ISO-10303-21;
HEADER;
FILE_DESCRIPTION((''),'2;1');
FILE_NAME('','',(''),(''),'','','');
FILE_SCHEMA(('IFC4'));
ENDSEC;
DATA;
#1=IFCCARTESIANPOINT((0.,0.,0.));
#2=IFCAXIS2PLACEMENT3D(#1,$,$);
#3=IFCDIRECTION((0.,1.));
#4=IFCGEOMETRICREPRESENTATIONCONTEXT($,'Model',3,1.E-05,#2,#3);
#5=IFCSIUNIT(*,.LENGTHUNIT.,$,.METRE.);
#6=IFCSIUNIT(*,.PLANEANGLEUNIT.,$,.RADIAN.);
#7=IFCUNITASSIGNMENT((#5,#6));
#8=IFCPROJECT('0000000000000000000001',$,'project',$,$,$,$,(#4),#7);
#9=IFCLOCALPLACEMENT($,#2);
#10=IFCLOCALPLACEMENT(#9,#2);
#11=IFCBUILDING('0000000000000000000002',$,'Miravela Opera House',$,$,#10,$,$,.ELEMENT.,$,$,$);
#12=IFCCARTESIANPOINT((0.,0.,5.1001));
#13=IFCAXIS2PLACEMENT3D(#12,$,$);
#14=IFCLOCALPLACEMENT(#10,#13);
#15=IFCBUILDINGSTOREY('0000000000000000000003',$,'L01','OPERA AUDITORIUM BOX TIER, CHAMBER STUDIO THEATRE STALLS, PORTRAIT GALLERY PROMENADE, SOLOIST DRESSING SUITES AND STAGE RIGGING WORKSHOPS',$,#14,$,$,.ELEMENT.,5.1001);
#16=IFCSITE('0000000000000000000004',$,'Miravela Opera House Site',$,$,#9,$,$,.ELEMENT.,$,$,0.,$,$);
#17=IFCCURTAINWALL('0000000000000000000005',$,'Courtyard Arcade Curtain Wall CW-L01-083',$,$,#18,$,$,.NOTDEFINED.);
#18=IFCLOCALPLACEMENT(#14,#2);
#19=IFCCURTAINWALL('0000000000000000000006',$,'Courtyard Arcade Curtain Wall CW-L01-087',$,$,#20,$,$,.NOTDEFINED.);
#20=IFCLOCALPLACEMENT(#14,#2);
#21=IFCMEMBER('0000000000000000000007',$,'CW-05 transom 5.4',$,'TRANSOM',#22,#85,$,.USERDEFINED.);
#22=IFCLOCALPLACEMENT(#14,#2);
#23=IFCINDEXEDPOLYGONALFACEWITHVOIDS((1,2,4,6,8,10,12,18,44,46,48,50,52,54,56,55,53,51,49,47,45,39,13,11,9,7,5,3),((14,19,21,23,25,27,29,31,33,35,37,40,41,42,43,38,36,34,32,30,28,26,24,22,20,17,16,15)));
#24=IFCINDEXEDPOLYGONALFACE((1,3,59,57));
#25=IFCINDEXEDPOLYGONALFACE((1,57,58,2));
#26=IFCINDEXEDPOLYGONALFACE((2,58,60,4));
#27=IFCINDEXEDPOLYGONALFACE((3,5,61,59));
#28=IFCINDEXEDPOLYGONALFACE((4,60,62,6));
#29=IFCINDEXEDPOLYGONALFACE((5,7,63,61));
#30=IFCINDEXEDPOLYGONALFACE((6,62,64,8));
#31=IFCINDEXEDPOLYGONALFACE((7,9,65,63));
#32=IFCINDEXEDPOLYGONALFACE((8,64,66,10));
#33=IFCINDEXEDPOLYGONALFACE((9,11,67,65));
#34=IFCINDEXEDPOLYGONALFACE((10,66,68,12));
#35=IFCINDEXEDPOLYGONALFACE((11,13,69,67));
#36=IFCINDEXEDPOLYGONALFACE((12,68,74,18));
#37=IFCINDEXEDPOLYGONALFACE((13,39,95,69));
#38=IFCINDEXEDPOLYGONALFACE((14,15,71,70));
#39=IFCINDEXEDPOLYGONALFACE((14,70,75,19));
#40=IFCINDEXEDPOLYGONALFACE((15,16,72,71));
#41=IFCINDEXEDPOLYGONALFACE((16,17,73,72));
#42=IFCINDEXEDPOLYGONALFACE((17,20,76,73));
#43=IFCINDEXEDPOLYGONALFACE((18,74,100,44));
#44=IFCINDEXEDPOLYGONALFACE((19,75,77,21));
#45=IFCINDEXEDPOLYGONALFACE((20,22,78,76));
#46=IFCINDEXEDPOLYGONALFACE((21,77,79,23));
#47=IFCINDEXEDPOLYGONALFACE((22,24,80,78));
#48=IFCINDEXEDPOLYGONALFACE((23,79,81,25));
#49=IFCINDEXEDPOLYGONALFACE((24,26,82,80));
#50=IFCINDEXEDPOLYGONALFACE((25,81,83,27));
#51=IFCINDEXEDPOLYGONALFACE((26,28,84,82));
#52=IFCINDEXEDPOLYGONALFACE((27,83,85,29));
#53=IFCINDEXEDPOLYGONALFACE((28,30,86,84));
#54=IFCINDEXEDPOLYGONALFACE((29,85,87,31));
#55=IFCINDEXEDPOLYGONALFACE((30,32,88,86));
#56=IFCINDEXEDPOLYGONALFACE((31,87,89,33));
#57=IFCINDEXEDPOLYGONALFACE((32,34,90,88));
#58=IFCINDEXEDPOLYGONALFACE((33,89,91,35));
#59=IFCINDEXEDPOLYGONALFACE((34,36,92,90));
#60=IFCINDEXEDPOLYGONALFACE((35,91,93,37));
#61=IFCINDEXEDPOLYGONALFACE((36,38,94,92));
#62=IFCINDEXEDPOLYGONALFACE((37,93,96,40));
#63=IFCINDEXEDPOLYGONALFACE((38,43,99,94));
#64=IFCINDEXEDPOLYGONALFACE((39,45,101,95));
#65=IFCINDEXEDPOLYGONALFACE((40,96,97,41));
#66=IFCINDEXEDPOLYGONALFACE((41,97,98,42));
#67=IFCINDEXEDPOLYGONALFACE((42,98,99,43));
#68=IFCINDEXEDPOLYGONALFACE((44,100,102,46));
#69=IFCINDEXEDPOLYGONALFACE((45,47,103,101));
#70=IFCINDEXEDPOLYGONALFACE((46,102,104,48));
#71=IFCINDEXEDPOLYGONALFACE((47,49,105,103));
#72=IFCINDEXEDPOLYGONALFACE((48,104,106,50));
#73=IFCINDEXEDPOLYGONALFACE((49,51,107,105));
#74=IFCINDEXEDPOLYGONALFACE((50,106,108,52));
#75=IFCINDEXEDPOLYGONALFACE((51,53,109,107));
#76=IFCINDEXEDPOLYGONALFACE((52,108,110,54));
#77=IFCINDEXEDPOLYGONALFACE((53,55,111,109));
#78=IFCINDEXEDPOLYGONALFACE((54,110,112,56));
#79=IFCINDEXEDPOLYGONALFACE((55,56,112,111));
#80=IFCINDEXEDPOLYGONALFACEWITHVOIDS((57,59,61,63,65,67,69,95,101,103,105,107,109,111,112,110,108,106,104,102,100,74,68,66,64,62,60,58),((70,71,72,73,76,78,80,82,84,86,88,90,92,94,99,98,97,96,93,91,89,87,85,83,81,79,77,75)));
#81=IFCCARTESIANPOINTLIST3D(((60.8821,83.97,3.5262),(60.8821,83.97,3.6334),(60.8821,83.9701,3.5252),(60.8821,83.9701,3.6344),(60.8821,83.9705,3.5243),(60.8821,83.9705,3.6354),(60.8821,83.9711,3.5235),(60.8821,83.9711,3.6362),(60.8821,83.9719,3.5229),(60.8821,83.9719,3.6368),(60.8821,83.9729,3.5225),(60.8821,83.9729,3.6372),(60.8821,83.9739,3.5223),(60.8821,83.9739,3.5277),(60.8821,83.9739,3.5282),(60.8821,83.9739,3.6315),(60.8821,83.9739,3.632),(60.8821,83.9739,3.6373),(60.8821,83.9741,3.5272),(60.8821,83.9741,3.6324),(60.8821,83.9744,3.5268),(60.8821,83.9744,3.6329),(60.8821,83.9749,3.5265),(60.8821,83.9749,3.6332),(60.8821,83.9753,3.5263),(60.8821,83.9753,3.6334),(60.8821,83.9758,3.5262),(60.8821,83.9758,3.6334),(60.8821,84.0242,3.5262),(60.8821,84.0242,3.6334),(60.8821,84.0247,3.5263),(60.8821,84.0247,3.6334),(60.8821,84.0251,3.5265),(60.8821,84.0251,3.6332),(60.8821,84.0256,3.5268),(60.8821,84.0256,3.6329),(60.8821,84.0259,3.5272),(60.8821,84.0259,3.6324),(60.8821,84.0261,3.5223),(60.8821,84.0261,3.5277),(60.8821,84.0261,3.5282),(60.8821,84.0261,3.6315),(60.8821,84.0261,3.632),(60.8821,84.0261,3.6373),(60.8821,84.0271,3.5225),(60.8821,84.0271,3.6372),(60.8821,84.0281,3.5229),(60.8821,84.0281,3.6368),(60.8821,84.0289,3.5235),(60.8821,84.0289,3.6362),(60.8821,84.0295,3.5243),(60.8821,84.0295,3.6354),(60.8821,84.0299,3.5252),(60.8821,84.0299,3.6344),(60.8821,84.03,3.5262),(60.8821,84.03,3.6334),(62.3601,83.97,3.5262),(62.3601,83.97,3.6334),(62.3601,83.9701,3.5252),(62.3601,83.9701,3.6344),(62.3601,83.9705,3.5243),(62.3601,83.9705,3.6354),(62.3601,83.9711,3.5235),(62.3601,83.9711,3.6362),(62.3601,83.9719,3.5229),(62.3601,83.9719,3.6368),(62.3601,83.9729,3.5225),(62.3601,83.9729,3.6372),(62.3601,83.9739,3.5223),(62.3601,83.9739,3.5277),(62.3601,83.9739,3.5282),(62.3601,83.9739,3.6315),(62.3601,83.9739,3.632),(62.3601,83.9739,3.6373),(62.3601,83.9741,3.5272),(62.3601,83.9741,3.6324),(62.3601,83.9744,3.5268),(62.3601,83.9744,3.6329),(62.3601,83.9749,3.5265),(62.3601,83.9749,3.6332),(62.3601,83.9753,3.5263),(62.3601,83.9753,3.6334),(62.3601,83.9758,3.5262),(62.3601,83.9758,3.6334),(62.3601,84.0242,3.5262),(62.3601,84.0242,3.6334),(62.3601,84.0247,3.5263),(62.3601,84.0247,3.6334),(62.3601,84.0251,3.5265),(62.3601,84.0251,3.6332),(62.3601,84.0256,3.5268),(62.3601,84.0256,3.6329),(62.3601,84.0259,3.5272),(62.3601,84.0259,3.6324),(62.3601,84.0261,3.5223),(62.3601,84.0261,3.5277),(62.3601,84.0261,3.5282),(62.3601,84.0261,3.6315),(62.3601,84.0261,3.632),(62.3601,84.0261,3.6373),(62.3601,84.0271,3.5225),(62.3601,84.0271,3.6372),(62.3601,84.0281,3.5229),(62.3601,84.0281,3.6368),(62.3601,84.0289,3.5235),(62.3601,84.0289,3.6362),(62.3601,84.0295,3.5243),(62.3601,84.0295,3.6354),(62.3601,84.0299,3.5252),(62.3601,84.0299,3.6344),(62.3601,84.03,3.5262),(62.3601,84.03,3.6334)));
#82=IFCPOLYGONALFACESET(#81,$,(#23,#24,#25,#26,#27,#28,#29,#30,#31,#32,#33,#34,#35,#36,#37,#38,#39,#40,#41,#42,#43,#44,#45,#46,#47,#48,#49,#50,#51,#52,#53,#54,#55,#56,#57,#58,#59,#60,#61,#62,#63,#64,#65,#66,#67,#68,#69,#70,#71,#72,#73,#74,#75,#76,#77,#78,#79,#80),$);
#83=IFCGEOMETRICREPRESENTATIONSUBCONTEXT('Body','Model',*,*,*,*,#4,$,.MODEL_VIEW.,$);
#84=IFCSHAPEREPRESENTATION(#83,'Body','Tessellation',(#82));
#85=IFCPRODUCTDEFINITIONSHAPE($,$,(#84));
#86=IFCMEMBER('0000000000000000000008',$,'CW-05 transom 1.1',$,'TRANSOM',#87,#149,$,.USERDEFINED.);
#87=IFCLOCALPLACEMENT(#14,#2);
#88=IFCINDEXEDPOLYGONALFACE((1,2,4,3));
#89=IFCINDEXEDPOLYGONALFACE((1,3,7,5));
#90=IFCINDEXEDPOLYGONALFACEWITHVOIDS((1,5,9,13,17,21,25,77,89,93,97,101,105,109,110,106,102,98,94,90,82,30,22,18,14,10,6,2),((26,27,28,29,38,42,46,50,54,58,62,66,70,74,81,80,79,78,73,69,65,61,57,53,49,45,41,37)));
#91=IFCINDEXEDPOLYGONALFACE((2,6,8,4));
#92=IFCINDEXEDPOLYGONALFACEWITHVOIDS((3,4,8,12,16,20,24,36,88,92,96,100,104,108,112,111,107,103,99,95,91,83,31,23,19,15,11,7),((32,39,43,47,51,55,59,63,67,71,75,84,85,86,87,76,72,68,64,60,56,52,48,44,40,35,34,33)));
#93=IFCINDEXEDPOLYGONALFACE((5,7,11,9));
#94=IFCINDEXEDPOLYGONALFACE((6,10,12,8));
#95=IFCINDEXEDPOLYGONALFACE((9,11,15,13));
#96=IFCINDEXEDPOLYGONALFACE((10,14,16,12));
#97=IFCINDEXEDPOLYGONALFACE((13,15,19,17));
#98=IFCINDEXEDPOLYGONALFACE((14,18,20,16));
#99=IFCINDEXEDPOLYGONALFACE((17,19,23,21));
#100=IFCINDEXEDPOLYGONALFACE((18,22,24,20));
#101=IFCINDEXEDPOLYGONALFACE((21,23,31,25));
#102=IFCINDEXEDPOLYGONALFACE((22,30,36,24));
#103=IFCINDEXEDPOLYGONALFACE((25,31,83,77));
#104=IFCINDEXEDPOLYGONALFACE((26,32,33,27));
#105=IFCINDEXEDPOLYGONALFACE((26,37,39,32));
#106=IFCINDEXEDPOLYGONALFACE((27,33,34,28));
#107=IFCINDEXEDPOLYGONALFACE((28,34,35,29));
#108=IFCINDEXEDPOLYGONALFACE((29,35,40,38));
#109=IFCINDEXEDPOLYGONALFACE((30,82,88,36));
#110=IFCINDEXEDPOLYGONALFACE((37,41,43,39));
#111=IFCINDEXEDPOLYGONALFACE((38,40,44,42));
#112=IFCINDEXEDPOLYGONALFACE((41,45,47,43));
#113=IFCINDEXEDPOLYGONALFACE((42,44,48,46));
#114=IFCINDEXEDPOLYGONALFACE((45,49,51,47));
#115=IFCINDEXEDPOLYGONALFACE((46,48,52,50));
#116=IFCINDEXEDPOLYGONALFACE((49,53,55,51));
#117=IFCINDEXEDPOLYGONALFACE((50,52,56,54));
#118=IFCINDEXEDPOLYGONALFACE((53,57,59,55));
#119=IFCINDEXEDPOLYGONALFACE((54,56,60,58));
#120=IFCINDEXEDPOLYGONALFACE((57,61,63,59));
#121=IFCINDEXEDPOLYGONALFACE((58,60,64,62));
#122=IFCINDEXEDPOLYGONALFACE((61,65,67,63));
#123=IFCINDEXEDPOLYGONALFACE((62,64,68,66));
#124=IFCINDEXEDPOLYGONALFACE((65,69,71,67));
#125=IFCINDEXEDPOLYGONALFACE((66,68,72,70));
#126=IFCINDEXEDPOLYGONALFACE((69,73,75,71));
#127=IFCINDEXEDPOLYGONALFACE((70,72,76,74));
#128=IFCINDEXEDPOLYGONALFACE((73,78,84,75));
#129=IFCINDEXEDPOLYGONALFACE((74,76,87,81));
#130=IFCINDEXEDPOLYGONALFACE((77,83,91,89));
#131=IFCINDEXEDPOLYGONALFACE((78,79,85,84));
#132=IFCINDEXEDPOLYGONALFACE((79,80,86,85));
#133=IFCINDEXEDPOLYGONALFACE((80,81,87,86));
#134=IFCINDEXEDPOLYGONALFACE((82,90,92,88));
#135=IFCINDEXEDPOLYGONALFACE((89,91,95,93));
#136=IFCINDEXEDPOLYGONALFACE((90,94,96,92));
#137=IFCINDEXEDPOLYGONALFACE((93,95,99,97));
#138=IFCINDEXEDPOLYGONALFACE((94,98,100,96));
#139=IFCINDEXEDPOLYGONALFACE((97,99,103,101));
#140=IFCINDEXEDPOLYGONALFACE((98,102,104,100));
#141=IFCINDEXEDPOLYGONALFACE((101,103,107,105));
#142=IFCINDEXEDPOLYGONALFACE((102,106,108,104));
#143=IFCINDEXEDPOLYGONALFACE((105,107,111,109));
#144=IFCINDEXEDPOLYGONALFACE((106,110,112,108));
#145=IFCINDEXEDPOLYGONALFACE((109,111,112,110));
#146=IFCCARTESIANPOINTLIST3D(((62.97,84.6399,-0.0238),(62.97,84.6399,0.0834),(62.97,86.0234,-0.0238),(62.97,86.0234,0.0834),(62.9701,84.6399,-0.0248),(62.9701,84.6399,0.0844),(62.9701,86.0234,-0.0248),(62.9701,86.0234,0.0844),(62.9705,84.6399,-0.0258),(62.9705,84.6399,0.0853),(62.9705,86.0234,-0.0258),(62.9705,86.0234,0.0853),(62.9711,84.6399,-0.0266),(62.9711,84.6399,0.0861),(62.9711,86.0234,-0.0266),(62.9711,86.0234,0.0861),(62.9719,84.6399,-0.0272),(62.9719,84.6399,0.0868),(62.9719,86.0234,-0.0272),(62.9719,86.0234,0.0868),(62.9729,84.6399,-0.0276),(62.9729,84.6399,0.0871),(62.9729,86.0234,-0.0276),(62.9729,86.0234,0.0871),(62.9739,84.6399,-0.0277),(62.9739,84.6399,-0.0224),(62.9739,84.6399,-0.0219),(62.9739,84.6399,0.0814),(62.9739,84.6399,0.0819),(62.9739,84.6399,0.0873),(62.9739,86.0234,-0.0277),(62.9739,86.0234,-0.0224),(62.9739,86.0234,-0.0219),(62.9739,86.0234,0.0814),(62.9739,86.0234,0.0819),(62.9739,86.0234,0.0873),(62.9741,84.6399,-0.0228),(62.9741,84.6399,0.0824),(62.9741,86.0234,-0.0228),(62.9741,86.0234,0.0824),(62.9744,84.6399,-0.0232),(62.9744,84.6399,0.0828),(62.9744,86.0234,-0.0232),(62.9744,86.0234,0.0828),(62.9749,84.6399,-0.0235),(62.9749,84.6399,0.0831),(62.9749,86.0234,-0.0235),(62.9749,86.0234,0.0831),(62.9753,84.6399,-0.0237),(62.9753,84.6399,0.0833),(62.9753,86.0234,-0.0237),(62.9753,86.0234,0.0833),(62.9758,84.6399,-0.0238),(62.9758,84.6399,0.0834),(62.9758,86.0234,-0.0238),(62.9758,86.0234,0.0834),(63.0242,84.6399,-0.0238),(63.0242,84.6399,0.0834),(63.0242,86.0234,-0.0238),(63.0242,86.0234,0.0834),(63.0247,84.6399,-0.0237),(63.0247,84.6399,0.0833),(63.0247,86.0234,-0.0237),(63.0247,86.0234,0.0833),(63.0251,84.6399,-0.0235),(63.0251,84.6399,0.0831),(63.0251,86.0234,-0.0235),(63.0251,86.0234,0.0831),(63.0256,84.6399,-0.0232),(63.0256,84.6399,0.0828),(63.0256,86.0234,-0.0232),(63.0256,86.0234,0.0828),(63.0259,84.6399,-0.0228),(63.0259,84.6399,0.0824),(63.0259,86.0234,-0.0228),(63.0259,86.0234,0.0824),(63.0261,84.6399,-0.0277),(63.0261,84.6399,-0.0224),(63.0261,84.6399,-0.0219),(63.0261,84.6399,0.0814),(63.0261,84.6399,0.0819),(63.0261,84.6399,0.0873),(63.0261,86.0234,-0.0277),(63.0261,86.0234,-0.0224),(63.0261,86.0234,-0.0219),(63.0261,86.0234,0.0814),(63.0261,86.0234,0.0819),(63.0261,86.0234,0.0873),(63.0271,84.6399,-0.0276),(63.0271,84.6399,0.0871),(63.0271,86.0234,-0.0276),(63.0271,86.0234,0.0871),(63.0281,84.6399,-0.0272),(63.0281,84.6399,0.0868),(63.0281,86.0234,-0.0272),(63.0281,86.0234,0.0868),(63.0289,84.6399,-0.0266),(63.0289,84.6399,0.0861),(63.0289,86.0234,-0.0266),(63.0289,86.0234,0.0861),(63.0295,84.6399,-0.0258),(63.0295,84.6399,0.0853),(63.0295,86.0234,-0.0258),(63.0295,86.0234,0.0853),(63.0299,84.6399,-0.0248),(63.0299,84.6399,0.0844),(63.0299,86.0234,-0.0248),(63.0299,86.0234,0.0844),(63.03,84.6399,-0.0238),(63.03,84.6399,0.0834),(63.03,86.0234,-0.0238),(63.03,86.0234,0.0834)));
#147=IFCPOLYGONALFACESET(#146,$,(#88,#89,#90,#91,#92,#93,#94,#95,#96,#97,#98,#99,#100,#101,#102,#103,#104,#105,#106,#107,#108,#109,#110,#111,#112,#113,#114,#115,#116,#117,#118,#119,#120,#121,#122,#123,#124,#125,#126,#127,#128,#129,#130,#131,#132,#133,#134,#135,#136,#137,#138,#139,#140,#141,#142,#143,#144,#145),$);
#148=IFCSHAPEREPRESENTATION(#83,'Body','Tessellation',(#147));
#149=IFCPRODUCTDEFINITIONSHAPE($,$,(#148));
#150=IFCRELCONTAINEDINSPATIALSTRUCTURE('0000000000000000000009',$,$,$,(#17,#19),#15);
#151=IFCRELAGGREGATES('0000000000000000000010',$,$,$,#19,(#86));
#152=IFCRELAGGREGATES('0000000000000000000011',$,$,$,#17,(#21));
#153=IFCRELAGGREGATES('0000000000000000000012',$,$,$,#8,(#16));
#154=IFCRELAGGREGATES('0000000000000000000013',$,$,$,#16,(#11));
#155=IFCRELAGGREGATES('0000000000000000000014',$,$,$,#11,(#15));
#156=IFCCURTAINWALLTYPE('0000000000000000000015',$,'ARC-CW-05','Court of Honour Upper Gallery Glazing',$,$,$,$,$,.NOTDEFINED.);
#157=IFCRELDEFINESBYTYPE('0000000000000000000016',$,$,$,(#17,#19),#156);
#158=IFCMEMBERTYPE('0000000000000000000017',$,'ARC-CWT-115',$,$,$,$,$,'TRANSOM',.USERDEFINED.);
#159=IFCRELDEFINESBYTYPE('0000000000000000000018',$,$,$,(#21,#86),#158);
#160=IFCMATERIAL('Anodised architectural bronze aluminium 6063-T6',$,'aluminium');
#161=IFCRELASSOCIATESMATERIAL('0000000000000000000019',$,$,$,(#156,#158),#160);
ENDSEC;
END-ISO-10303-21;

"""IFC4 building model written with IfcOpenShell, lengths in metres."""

from ifc_helpers import new_model, si_unit, direction, frame, origin, origin_2d, place, context, subcontext, project, spatial, hollow_rectangle, extrude, material, material_profile, profile_set, type_object, element, aggregate, save


model = new_model("IFC4")

# Units and contexts
model_context = context("Model", 3, precision=1e-05, world=origin(), true_north=direction((0.0, 1.0)))
body_context = subcontext(model_context, "Body", "Model", "MODEL_VIEW")
ifc_project = project(units=[si_unit("LENGTHUNIT", "METRE"), si_unit("PLANEANGLEUNIT", "RADIAN")], contexts=[model_context])

# Site, building, storey
site_placement = place(None, origin())
site = spatial("IfcSite", under=ifc_project, at=site_placement, Name="Miravela Opera House Site", CompositionType="ELEMENT", RefElevation=0.0)
building_placement = place(site_placement, origin())
building = spatial("IfcBuilding", under=site, at=building_placement, Name="Miravela Opera House", CompositionType="ELEMENT")
storey_placement = place(building_placement, frame((0.0, 0.0, 5.1001)))
storey = spatial("IfcBuildingStorey", under=building, at=storey_placement, Name="L01", Description="OPERA AUDITORIUM BOX TIER, CHAMBER STUDIO THEATRE STALLS, PORTRAIT GALLERY PROMENADE, SOLOIST DRESSING SUITES AND STAGE RIGGING WORKSHOPS", CompositionType="ELEMENT", Elevation=5.1001)

# Curtain wall
ifc_material_1 = material(Name="Anodised architectural bronze aluminium 6063-T6", Category="aluminium")
curtain_wall_type = type_object("IfcCurtainWallType", Name="ARC-CW-05", Description="Court of Honour Upper Gallery Glazing", PredefinedType="NOTDEFINED", material=ifc_material_1)
curtain_wall_1_placement = place(storey_placement, origin())
curtain_wall_1 = element("IfcCurtainWall", 1, at=curtain_wall_1_placement, inside=storey, type_object=curtain_wall_type, Name="Courtyard Arcade Curtain Wall CW-L01-083", PredefinedType="NOTDEFINED")

# Curtain wall
curtain_wall_2_placement = place(storey_placement, origin())
curtain_wall_2 = element("IfcCurtainWall", 2, at=curtain_wall_2_placement, inside=storey, type_object=curtain_wall_type, Name="Courtyard Arcade Curtain Wall CW-L01-087", PredefinedType="NOTDEFINED")

# Members
ifc_material_profile_1 = material_profile(ifc_material_1, hollow_rectangle(XDim=0.0601, YDim=0.115, WallThickness=0.0039, InnerFilletRadius=0.002, OuterFilletRadius=0.0039, at=origin_2d()), Name="CWT-60X115")
ifc_profile_set_1 = profile_set([ifc_material_profile_1])
member_type_1 = type_object("IfcMemberType", Name="ARC-CWT-115", ElementType="TRANSOM", PredefinedType="USERDEFINED", material=ifc_profile_set_1)
member_1_placement = place(storey_placement, frame((60.8821, 84.0, 3.5798), z_axis=(1.0, 0.0, 0.0), x_axis=(0.0, 1.0, 0.0)))
member_1 = element("IfcMember", 3, at=member_1_placement, type_object=member_type_1, Name="CW-05 transom 5.4", ObjectType="TRANSOM", PredefinedType="USERDEFINED", context=body_context, shape_type="SweptSolid", body=[
    extrude(hollow_rectangle(XDim=0.0601, YDim=0.115, WallThickness=0.0039, InnerFilletRadius=0.002, OuterFilletRadius=0.0039, at=origin_2d()), origin(), (0.0, 0.0, 1.0), 1.478),
])
member_2_placement = place(storey_placement, frame((63.0, 84.6399, 0.0298), z_axis=(0.0, 1.0, 0.0), x_axis=(-1.0, 0.0, 0.0)))
member_2 = element("IfcMember", 4, at=member_2_placement, type_object=member_type_1, Name="CW-05 transom 1.1", ObjectType="TRANSOM", PredefinedType="USERDEFINED", context=body_context, shape_type="SweptSolid", body=[
    extrude(hollow_rectangle(XDim=0.0601, YDim=0.115, WallThickness=0.0039, InnerFilletRadius=0.002, OuterFilletRadius=0.0039, at=origin_2d()), origin(), (0.0, 0.0, 1.0), 1.3835),
])
aggregate(curtain_wall_2, [member_2])

aggregate(curtain_wall_1, [member_1])

save(model, "model.ifc")
